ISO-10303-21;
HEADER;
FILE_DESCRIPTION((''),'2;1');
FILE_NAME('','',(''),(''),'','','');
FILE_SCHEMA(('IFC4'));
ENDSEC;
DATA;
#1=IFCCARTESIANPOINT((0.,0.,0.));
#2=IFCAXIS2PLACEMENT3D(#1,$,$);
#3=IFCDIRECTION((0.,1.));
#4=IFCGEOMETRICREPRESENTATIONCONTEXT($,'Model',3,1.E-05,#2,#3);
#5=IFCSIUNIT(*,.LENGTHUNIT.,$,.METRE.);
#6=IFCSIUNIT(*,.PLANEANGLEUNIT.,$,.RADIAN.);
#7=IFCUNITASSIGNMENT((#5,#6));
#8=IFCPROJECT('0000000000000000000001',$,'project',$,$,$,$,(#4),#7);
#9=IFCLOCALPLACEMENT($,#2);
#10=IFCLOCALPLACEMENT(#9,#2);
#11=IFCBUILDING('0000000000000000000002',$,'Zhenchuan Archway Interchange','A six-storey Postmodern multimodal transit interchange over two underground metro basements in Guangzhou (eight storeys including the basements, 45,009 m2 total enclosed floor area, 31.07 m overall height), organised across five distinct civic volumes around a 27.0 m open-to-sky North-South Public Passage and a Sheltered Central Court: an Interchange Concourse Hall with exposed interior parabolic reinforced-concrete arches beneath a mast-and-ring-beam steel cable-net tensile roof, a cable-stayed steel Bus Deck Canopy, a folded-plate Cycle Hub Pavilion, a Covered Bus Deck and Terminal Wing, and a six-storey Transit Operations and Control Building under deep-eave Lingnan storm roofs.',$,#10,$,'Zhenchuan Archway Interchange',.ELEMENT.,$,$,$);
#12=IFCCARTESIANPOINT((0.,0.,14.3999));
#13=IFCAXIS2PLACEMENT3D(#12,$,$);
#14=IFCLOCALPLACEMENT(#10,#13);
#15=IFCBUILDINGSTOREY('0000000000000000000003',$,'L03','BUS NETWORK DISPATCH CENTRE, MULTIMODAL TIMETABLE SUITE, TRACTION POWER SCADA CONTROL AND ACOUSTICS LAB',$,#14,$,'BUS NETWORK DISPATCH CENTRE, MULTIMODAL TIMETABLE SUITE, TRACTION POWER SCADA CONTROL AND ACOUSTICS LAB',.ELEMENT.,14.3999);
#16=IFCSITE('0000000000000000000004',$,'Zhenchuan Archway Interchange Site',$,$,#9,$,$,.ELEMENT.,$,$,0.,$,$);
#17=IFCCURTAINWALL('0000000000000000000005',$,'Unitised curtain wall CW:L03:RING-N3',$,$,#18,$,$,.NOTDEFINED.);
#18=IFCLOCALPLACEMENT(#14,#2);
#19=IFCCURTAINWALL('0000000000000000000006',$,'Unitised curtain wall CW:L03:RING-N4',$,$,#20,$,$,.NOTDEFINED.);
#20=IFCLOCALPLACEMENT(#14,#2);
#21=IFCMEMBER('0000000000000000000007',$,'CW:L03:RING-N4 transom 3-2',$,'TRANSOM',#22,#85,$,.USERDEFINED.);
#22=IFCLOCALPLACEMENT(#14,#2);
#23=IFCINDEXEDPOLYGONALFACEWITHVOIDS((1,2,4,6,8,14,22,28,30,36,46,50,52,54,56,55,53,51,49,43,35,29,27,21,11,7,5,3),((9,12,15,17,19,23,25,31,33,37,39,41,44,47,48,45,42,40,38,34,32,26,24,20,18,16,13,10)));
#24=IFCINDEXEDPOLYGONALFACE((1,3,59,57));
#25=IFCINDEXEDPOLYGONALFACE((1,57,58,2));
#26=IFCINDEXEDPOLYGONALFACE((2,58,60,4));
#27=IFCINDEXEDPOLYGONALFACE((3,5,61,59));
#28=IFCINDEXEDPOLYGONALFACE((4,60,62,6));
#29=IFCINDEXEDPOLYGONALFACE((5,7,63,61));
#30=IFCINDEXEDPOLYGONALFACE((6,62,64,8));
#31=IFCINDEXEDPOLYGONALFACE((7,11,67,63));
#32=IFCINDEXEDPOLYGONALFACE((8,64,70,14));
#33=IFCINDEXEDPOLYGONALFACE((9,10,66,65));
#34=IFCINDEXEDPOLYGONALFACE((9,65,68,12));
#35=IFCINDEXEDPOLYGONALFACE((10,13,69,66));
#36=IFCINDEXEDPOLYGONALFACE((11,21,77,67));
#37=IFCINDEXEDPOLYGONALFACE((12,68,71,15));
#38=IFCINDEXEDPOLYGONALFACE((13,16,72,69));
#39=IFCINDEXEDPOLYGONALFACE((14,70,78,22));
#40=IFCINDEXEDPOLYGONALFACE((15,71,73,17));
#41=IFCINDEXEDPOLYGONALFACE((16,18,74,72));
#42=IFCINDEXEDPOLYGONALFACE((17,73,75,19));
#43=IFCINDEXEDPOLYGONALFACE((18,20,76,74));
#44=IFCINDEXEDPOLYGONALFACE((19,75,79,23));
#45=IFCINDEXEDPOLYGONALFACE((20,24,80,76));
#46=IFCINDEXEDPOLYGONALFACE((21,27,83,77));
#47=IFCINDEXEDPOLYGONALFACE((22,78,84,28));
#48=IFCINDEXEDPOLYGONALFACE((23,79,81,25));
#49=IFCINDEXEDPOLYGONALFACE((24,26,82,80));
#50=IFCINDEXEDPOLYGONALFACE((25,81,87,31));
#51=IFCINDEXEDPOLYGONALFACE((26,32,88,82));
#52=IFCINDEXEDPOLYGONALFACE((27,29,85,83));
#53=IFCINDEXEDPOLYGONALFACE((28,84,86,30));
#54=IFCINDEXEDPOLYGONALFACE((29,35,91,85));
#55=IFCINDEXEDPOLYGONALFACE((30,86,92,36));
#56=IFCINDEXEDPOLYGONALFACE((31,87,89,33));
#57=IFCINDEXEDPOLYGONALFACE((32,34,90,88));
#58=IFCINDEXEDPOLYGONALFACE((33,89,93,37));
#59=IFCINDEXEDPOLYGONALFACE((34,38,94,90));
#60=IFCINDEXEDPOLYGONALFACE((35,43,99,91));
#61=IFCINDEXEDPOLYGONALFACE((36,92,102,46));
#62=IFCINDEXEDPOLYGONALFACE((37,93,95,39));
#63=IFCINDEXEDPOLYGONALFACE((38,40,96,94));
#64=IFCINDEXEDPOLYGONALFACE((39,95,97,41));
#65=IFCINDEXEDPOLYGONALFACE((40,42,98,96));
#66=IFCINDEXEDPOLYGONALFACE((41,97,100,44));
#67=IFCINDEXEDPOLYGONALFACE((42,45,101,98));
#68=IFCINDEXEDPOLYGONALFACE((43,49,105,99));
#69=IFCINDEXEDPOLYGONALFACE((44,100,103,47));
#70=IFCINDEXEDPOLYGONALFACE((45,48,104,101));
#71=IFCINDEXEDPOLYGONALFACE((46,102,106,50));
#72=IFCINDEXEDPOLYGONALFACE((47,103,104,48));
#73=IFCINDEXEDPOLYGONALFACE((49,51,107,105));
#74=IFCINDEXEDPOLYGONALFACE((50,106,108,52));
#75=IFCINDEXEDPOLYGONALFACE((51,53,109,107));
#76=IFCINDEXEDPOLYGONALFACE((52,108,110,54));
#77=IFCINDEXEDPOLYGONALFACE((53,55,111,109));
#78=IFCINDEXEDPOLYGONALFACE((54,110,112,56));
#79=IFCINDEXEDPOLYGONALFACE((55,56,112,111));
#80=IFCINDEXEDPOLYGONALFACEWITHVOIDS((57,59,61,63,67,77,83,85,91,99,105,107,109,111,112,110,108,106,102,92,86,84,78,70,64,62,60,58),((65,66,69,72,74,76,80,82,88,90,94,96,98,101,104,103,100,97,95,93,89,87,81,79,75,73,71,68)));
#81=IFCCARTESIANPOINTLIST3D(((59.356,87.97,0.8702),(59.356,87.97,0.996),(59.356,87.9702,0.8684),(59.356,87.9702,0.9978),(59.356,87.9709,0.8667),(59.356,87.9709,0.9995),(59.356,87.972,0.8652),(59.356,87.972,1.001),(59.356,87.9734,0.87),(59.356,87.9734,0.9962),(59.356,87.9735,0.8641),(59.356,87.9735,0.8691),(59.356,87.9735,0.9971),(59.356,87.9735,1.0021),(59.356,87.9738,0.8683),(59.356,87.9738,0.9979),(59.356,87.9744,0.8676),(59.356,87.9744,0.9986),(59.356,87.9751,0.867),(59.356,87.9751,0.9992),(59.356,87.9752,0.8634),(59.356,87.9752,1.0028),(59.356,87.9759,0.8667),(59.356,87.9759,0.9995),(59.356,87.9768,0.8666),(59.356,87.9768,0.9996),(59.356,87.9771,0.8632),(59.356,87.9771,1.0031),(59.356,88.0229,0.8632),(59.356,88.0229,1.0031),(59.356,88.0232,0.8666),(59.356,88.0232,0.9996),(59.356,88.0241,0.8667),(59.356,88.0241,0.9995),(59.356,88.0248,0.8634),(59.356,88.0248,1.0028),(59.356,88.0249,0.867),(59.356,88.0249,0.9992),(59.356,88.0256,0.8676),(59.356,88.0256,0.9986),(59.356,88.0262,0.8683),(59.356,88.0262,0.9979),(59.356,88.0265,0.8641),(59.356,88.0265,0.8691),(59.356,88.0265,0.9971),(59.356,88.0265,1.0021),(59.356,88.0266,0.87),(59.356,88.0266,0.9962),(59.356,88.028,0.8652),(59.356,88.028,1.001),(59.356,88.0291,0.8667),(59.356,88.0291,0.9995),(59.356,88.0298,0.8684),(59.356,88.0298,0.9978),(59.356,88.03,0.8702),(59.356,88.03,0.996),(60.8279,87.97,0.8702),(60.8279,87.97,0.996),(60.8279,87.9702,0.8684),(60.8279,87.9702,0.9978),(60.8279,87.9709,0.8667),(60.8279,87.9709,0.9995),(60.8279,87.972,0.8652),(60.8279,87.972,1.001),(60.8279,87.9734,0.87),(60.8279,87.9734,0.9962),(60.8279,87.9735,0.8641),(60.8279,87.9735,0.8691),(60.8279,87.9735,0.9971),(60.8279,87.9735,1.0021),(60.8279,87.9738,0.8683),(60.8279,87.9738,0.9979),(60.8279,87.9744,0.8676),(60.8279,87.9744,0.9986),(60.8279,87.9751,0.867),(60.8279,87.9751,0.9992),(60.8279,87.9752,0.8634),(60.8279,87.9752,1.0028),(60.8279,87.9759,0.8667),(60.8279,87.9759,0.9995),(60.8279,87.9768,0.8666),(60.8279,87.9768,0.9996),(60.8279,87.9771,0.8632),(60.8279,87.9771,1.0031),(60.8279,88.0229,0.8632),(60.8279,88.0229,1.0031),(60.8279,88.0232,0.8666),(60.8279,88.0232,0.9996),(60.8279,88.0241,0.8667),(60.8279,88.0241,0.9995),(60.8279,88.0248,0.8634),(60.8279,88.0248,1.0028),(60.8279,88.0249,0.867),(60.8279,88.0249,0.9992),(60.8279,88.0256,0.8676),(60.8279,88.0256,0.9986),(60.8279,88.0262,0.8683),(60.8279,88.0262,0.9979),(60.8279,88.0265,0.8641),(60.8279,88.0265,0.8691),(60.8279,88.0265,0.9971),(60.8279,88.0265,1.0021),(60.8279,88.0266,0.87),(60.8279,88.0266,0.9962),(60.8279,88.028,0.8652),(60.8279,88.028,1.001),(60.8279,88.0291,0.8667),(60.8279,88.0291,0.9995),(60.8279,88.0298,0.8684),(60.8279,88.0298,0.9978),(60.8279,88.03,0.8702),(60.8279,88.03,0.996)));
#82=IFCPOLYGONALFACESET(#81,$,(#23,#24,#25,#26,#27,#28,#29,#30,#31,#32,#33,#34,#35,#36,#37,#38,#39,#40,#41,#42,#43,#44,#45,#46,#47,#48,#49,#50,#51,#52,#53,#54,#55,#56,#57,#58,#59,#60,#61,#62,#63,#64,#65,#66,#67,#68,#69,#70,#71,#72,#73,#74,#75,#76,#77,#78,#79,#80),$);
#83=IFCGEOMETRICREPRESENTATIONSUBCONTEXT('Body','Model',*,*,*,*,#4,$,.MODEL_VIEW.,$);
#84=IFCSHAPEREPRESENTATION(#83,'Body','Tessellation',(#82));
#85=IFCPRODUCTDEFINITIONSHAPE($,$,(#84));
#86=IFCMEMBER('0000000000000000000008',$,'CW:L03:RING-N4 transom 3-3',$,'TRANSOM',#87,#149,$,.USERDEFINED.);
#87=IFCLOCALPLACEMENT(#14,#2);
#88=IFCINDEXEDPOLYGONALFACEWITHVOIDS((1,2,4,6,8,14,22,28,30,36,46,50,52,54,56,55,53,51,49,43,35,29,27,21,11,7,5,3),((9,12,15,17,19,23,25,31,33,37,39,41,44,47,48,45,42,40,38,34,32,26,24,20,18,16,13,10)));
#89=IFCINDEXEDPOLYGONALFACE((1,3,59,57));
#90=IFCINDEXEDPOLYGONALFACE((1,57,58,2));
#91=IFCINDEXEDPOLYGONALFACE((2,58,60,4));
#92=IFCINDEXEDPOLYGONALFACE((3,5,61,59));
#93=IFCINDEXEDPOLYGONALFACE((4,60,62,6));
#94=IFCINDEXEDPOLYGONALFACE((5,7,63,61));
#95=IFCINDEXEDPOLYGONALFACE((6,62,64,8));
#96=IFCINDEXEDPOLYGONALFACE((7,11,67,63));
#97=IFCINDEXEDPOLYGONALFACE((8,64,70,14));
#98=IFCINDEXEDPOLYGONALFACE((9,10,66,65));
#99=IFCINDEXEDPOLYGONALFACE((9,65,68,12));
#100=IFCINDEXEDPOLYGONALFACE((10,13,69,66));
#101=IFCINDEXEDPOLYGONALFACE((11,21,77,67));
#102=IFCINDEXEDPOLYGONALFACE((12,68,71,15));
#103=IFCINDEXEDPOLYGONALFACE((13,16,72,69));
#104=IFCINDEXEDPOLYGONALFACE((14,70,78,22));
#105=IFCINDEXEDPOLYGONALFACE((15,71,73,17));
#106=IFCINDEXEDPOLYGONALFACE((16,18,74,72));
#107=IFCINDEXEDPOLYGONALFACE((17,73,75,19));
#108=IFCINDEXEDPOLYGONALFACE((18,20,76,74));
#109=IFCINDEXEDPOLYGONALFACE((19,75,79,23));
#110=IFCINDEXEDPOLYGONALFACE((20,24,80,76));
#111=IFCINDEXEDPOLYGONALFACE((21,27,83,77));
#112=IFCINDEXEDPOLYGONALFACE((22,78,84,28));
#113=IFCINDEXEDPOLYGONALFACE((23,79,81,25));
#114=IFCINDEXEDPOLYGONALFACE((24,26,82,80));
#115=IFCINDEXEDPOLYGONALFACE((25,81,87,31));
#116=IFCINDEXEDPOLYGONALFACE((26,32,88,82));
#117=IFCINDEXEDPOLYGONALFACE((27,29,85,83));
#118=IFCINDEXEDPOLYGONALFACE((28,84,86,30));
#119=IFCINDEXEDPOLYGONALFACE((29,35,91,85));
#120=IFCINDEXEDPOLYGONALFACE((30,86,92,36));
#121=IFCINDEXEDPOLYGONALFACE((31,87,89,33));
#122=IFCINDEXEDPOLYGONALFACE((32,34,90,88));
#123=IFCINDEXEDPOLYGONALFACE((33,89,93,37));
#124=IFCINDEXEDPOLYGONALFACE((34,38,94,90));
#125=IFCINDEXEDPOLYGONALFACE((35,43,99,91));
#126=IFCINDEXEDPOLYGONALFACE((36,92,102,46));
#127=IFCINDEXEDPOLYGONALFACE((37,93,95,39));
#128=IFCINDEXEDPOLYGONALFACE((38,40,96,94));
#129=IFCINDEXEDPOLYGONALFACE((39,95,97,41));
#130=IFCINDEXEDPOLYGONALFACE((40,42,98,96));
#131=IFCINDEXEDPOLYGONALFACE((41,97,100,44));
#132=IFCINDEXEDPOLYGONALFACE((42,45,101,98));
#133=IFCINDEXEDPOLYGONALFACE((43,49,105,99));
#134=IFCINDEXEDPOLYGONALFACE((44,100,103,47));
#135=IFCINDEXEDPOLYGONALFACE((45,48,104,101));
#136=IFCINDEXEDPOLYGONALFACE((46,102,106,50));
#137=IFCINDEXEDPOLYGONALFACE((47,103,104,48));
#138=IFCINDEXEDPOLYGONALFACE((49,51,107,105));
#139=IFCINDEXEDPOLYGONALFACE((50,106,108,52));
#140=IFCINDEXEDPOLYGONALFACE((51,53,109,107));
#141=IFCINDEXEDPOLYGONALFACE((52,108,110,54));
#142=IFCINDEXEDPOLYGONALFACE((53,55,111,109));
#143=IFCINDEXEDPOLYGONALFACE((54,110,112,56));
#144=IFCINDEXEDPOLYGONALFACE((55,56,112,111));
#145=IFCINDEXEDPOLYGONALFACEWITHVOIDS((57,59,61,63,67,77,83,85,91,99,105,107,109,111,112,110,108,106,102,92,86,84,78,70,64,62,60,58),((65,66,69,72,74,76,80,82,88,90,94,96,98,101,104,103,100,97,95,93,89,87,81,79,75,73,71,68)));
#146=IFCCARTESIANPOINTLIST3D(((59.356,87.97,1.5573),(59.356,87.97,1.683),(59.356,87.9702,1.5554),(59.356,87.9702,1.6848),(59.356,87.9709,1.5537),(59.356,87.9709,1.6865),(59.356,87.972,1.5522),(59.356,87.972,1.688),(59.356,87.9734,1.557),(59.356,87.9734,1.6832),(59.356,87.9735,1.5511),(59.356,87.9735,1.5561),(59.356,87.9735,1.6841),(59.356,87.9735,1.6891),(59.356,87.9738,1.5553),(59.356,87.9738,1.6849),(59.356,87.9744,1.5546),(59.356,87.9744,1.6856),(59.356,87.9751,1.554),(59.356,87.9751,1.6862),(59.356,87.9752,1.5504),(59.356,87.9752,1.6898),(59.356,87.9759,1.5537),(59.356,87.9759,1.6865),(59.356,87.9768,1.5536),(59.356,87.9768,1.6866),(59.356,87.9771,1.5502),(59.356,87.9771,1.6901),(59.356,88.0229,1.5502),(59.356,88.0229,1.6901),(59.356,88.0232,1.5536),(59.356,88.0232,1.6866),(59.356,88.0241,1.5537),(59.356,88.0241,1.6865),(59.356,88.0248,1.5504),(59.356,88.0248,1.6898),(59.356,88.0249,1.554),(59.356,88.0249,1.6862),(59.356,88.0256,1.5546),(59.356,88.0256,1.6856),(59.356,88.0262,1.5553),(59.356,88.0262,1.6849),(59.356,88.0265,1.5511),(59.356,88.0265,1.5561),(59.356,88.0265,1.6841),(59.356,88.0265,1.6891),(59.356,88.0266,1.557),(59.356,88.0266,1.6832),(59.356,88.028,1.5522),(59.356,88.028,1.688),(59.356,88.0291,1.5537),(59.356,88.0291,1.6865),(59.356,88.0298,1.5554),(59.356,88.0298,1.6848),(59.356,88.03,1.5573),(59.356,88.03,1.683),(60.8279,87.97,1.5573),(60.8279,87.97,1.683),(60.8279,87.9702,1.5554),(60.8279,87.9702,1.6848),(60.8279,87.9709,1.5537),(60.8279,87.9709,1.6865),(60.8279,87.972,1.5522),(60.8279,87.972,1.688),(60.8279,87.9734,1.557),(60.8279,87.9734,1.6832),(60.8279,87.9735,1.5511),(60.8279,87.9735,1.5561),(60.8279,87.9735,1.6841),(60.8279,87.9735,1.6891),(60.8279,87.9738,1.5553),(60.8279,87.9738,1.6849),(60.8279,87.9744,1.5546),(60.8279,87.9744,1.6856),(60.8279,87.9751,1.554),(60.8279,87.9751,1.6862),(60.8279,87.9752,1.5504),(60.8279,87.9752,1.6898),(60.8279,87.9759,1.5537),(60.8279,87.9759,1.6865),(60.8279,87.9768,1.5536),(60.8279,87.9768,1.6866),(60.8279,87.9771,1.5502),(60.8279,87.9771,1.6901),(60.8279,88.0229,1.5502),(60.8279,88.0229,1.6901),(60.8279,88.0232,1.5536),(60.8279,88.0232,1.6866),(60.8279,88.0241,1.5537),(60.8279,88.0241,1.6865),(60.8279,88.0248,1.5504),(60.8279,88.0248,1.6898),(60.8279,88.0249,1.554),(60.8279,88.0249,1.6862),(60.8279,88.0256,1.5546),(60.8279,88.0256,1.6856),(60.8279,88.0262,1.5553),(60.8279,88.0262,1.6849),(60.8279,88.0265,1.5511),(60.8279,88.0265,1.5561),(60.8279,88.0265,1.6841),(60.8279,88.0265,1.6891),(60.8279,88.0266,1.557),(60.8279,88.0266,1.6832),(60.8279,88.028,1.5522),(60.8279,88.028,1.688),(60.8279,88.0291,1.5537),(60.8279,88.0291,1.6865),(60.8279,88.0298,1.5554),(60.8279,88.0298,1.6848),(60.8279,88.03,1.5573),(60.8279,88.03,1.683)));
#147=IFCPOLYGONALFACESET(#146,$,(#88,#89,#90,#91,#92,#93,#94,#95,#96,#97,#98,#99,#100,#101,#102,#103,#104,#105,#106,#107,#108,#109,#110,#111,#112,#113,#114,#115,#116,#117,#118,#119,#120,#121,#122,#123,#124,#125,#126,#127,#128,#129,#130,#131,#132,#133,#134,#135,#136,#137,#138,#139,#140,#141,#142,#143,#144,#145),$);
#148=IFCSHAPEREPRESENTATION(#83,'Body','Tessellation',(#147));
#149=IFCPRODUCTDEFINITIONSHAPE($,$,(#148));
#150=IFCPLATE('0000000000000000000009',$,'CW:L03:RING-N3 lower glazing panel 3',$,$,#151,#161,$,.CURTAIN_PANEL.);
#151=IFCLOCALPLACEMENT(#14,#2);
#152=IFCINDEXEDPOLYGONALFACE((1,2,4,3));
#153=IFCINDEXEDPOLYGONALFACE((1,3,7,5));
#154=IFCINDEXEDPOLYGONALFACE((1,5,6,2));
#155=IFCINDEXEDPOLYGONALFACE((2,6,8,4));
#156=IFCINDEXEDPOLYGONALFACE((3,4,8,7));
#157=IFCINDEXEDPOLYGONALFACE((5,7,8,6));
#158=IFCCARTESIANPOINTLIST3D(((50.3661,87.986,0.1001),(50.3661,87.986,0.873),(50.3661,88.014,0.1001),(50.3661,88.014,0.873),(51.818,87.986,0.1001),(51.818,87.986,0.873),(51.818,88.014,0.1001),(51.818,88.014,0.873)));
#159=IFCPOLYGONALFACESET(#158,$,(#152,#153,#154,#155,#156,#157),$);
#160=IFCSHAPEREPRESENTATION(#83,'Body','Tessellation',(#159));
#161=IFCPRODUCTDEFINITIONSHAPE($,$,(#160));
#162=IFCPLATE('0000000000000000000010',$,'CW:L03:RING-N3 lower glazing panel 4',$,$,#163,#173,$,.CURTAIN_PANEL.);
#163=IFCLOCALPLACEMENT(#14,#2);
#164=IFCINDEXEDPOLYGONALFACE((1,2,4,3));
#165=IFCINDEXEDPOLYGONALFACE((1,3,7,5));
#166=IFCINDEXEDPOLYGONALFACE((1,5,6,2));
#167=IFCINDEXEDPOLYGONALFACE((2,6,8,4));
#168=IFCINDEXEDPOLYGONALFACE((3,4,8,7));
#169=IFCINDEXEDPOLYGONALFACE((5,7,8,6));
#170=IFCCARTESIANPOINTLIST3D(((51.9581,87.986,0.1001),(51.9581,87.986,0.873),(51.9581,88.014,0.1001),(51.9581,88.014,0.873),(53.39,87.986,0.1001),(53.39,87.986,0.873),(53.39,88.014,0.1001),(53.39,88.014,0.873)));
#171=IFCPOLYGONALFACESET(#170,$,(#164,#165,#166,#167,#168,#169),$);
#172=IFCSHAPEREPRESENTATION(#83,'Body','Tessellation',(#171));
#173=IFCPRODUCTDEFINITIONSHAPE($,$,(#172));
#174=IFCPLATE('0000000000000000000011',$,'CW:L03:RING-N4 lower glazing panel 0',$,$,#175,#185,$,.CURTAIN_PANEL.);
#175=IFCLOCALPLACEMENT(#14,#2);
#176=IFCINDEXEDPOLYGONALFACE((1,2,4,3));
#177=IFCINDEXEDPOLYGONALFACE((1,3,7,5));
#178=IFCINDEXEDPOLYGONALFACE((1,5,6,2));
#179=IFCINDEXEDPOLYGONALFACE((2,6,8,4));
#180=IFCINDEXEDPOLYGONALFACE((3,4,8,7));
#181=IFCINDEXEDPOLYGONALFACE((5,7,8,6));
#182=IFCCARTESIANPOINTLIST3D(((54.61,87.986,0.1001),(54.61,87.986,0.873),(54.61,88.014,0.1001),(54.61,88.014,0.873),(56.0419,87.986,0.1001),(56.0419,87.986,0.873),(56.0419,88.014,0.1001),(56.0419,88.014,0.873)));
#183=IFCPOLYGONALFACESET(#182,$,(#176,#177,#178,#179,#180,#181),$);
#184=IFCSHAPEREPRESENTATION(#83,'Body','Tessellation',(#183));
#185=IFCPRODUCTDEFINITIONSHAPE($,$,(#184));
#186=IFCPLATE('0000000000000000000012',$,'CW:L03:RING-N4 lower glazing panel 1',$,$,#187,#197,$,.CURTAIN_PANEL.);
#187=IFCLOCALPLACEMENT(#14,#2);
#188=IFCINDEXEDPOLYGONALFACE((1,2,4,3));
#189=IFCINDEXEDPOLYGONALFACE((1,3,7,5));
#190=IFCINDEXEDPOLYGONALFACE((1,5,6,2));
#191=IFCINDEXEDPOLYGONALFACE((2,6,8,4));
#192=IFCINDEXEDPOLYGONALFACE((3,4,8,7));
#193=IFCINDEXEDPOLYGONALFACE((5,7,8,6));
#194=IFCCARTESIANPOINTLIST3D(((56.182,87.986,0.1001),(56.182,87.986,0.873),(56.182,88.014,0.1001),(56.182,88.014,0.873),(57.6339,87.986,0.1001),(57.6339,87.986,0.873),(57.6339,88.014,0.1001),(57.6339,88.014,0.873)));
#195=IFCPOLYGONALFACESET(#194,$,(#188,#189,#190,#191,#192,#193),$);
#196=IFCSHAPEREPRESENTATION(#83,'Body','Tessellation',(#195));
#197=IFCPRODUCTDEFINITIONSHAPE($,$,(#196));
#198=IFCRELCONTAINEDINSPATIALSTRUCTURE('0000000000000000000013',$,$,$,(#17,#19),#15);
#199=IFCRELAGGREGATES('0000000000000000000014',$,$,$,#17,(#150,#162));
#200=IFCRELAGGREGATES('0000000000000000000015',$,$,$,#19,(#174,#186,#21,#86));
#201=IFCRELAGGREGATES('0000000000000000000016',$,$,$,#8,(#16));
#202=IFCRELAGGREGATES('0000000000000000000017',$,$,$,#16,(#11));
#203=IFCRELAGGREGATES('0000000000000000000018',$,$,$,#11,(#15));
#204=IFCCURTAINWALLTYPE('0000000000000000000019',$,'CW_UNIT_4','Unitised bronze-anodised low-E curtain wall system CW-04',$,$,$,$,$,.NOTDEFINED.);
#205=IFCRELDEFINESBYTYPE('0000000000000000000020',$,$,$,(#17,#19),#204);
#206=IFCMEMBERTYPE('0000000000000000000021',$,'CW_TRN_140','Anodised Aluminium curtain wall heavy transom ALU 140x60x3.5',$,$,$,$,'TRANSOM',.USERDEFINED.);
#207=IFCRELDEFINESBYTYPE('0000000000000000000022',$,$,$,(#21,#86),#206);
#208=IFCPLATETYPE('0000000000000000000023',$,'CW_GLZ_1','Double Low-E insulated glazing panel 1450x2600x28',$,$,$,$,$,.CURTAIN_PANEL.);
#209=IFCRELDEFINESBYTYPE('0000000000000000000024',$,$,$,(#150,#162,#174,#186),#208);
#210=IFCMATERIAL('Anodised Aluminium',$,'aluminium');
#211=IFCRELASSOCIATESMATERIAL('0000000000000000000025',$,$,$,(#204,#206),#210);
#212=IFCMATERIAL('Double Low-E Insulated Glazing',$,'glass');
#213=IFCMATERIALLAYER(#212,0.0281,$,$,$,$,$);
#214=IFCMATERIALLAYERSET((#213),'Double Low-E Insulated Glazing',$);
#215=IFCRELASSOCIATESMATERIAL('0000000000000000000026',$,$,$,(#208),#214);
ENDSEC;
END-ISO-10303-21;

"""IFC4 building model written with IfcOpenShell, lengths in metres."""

from ifc_helpers import new_model, si_unit, direction, frame, origin, origin_2d, place, context, subcontext, project, spatial, rectangle, hollow_rectangle, extrude, material, layer, layer_set, material_profile, profile_set, type_object, element, aggregate, save


model = new_model("IFC4")

# Units and contexts
model_context = context("Model", 3, precision=1e-05, world=origin(), true_north=direction((0.0, 1.0)))
body_context = subcontext(model_context, "Body", "Model", "MODEL_VIEW")
ifc_project = project(units=[si_unit("LENGTHUNIT", "METRE"), si_unit("PLANEANGLEUNIT", "RADIAN")], contexts=[model_context])

# Site, building, storey
site_placement = place(None, origin())
site = spatial("IfcSite", under=ifc_project, at=site_placement, Name="Zhenchuan Archway Interchange Site", CompositionType="ELEMENT", RefElevation=0.0)
building_placement = place(site_placement, origin())
building = spatial("IfcBuilding", under=site, at=building_placement, Name="Zhenchuan Archway Interchange", Description="A six-storey Postmodern multimodal transit interchange over two underground metro basements in Guangzhou (eight storeys including the basements, 45,009 m2 total enclosed floor area, 31.07 m overall height), organised across five distinct civic volumes around a 27.0 m open-to-sky North-South Public Passage and a Sheltered Central Court: an Interchange Concourse Hall with exposed interior parabolic reinforced-concrete arches beneath a mast-and-ring-beam steel cable-net tensile roof, a cable-stayed steel Bus Deck Canopy, a folded-plate Cycle Hub Pavilion, a Covered Bus Deck and Terminal Wing, and a six-storey Transit Operations and Control Building under deep-eave Lingnan storm roofs.", LongName="Zhenchuan Archway Interchange", CompositionType="ELEMENT")
storey_placement = place(building_placement, frame((0.0, 0.0, 14.3999)))
storey = spatial("IfcBuildingStorey", under=building, at=storey_placement, Name="L03", Description="BUS NETWORK DISPATCH CENTRE, MULTIMODAL TIMETABLE SUITE, TRACTION POWER SCADA CONTROL AND ACOUSTICS LAB", LongName="BUS NETWORK DISPATCH CENTRE, MULTIMODAL TIMETABLE SUITE, TRACTION POWER SCADA CONTROL AND ACOUSTICS LAB", CompositionType="ELEMENT", Elevation=14.3999)

# Curtain walls
ifc_material_1 = material(Name="Anodised Aluminium", Category="aluminium")
curtain_wall_type = type_object("IfcCurtainWallType", Name="CW_UNIT_4", Description="Unitised bronze-anodised low-E curtain wall system CW-04", PredefinedType="NOTDEFINED", material=ifc_material_1)
curtain_wall_1_placement = place(storey_placement, origin())
curtain_wall_1 = element("IfcCurtainWall", 1, at=curtain_wall_1_placement, inside=storey, type_object=curtain_wall_type, Name="Unitised curtain wall CW:L03:RING-N3", PredefinedType="NOTDEFINED")
curtain_wall_2_placement = place(storey_placement, origin())
curtain_wall_2 = element("IfcCurtainWall", 2, at=curtain_wall_2_placement, inside=storey, type_object=curtain_wall_type, Name="Unitised curtain wall CW:L03:RING-N4", PredefinedType="NOTDEFINED")

# Members
ifc_material_profile_1 = material_profile(ifc_material_1, hollow_rectangle(XDim=0.0601, YDim=0.1399, WallThickness=0.0034, InnerFilletRadius=0.0034, OuterFilletRadius=0.0071, at=origin_2d()), Name="ALU 140x60x3.5")
ifc_profile_set_1 = profile_set([ifc_material_profile_1], Name="Anodised Aluminium")
member_type_1 = type_object("IfcMemberType", Name="CW_TRN_140", Description="Anodised Aluminium curtain wall heavy transom ALU 140x60x3.5", ElementType="TRANSOM", PredefinedType="USERDEFINED", material=ifc_profile_set_1)
member_1_placement = place(storey_placement, frame((59.356, 88.0, 0.9331), z_axis=(1.0, 0.0, 0.0), x_axis=(0.0, 1.0, 0.0)))
member_1 = element("IfcMember", 3, at=member_1_placement, type_object=member_type_1, Name="CW:L03:RING-N4 transom 3-2", ObjectType="TRANSOM", PredefinedType="USERDEFINED", context=body_context, shape_type="SweptSolid", body=[
    extrude(hollow_rectangle(XDim=0.0601, YDim=0.1399, WallThickness=0.0034, InnerFilletRadius=0.0034, OuterFilletRadius=0.0071, at=origin_2d()), origin(), (0.0, 0.0, 1.0), 1.4719),
])
member_2_placement = place(storey_placement, frame((59.356, 88.0, 1.6201), z_axis=(1.0, 0.0, 0.0), x_axis=(0.0, 1.0, 0.0)))
member_2 = element("IfcMember", 4, at=member_2_placement, type_object=member_type_1, Name="CW:L03:RING-N4 transom 3-3", ObjectType="TRANSOM", PredefinedType="USERDEFINED", context=body_context, shape_type="SweptSolid", body=[
    extrude(hollow_rectangle(XDim=0.0601, YDim=0.1399, WallThickness=0.0034, InnerFilletRadius=0.0034, OuterFilletRadius=0.0071, at=origin_2d()), origin(), (0.0, 0.0, 1.0), 1.4719),
])

# Plates
ifc_material_2 = material(Name="Double Low-E Insulated Glazing", Category="glass")
ifc_layer_1 = layer(ifc_material_2, 0.0281)
ifc_layer_set_1 = layer_set([ifc_layer_1], Name="Double Low-E Insulated Glazing")
plate_type_1 = type_object("IfcPlateType", Name="CW_GLZ_1", Description="Double Low-E insulated glazing panel 1450x2600x28", PredefinedType="CURTAIN_PANEL", material=ifc_layer_set_1)
plate_1_placement = place(storey_placement, frame((51.092, 88.0, 0.1001), z_axis=(0.0, 0.0, 1.0), x_axis=(1.0, 0.0, 0.0)))
plate_1 = element("IfcPlate", 5, at=plate_1_placement, type_object=plate_type_1, Name="CW:L03:RING-N3 lower glazing panel 3", PredefinedType="CURTAIN_PANEL", context=body_context, shape_type="SweptSolid", body=[
    extrude(rectangle(XDim=1.4519, YDim=0.0281, at=origin_2d()), origin(), (0.0, 0.0, 1.0), 0.7729),
])
plate_2_placement = place(storey_placement, frame((52.6741, 88.0, 0.1001), z_axis=(0.0, 0.0, 1.0), x_axis=(1.0, 0.0, 0.0)))
plate_2 = element("IfcPlate", 6, at=plate_2_placement, type_object=plate_type_1, Name="CW:L03:RING-N3 lower glazing panel 4", PredefinedType="CURTAIN_PANEL", context=body_context, shape_type="SweptSolid", body=[
    extrude(rectangle(XDim=1.4319, YDim=0.0281, at=origin_2d()), origin(), (0.0, 0.0, 1.0), 0.7729),
])
plate_3_placement = place(storey_placement, frame((55.3259, 88.0, 0.1001), z_axis=(0.0, 0.0, 1.0), x_axis=(1.0, 0.0, 0.0)))
plate_3 = element("IfcPlate", 7, at=plate_3_placement, type_object=plate_type_1, Name="CW:L03:RING-N4 lower glazing panel 0", PredefinedType="CURTAIN_PANEL", context=body_context, shape_type="SweptSolid", body=[
    extrude(rectangle(XDim=1.4319, YDim=0.0281, at=origin_2d()), origin(), (0.0, 0.0, 1.0), 0.7729),
])
plate_4_placement = place(storey_placement, frame((56.908, 88.0, 0.1001), z_axis=(0.0, 0.0, 1.0), x_axis=(1.0, 0.0, 0.0)))
plate_4 = element("IfcPlate", 8, at=plate_4_placement, type_object=plate_type_1, Name="CW:L03:RING-N4 lower glazing panel 1", PredefinedType="CURTAIN_PANEL", context=body_context, shape_type="SweptSolid", body=[
    extrude(rectangle(XDim=1.4519, YDim=0.0281, at=origin_2d()), origin(), (0.0, 0.0, 1.0), 0.7729),
])
aggregate(curtain_wall_1, [plate_1, plate_2])
aggregate(curtain_wall_2, [plate_3, plate_4, member_1, member_2])

save(model, "model.ifc")
